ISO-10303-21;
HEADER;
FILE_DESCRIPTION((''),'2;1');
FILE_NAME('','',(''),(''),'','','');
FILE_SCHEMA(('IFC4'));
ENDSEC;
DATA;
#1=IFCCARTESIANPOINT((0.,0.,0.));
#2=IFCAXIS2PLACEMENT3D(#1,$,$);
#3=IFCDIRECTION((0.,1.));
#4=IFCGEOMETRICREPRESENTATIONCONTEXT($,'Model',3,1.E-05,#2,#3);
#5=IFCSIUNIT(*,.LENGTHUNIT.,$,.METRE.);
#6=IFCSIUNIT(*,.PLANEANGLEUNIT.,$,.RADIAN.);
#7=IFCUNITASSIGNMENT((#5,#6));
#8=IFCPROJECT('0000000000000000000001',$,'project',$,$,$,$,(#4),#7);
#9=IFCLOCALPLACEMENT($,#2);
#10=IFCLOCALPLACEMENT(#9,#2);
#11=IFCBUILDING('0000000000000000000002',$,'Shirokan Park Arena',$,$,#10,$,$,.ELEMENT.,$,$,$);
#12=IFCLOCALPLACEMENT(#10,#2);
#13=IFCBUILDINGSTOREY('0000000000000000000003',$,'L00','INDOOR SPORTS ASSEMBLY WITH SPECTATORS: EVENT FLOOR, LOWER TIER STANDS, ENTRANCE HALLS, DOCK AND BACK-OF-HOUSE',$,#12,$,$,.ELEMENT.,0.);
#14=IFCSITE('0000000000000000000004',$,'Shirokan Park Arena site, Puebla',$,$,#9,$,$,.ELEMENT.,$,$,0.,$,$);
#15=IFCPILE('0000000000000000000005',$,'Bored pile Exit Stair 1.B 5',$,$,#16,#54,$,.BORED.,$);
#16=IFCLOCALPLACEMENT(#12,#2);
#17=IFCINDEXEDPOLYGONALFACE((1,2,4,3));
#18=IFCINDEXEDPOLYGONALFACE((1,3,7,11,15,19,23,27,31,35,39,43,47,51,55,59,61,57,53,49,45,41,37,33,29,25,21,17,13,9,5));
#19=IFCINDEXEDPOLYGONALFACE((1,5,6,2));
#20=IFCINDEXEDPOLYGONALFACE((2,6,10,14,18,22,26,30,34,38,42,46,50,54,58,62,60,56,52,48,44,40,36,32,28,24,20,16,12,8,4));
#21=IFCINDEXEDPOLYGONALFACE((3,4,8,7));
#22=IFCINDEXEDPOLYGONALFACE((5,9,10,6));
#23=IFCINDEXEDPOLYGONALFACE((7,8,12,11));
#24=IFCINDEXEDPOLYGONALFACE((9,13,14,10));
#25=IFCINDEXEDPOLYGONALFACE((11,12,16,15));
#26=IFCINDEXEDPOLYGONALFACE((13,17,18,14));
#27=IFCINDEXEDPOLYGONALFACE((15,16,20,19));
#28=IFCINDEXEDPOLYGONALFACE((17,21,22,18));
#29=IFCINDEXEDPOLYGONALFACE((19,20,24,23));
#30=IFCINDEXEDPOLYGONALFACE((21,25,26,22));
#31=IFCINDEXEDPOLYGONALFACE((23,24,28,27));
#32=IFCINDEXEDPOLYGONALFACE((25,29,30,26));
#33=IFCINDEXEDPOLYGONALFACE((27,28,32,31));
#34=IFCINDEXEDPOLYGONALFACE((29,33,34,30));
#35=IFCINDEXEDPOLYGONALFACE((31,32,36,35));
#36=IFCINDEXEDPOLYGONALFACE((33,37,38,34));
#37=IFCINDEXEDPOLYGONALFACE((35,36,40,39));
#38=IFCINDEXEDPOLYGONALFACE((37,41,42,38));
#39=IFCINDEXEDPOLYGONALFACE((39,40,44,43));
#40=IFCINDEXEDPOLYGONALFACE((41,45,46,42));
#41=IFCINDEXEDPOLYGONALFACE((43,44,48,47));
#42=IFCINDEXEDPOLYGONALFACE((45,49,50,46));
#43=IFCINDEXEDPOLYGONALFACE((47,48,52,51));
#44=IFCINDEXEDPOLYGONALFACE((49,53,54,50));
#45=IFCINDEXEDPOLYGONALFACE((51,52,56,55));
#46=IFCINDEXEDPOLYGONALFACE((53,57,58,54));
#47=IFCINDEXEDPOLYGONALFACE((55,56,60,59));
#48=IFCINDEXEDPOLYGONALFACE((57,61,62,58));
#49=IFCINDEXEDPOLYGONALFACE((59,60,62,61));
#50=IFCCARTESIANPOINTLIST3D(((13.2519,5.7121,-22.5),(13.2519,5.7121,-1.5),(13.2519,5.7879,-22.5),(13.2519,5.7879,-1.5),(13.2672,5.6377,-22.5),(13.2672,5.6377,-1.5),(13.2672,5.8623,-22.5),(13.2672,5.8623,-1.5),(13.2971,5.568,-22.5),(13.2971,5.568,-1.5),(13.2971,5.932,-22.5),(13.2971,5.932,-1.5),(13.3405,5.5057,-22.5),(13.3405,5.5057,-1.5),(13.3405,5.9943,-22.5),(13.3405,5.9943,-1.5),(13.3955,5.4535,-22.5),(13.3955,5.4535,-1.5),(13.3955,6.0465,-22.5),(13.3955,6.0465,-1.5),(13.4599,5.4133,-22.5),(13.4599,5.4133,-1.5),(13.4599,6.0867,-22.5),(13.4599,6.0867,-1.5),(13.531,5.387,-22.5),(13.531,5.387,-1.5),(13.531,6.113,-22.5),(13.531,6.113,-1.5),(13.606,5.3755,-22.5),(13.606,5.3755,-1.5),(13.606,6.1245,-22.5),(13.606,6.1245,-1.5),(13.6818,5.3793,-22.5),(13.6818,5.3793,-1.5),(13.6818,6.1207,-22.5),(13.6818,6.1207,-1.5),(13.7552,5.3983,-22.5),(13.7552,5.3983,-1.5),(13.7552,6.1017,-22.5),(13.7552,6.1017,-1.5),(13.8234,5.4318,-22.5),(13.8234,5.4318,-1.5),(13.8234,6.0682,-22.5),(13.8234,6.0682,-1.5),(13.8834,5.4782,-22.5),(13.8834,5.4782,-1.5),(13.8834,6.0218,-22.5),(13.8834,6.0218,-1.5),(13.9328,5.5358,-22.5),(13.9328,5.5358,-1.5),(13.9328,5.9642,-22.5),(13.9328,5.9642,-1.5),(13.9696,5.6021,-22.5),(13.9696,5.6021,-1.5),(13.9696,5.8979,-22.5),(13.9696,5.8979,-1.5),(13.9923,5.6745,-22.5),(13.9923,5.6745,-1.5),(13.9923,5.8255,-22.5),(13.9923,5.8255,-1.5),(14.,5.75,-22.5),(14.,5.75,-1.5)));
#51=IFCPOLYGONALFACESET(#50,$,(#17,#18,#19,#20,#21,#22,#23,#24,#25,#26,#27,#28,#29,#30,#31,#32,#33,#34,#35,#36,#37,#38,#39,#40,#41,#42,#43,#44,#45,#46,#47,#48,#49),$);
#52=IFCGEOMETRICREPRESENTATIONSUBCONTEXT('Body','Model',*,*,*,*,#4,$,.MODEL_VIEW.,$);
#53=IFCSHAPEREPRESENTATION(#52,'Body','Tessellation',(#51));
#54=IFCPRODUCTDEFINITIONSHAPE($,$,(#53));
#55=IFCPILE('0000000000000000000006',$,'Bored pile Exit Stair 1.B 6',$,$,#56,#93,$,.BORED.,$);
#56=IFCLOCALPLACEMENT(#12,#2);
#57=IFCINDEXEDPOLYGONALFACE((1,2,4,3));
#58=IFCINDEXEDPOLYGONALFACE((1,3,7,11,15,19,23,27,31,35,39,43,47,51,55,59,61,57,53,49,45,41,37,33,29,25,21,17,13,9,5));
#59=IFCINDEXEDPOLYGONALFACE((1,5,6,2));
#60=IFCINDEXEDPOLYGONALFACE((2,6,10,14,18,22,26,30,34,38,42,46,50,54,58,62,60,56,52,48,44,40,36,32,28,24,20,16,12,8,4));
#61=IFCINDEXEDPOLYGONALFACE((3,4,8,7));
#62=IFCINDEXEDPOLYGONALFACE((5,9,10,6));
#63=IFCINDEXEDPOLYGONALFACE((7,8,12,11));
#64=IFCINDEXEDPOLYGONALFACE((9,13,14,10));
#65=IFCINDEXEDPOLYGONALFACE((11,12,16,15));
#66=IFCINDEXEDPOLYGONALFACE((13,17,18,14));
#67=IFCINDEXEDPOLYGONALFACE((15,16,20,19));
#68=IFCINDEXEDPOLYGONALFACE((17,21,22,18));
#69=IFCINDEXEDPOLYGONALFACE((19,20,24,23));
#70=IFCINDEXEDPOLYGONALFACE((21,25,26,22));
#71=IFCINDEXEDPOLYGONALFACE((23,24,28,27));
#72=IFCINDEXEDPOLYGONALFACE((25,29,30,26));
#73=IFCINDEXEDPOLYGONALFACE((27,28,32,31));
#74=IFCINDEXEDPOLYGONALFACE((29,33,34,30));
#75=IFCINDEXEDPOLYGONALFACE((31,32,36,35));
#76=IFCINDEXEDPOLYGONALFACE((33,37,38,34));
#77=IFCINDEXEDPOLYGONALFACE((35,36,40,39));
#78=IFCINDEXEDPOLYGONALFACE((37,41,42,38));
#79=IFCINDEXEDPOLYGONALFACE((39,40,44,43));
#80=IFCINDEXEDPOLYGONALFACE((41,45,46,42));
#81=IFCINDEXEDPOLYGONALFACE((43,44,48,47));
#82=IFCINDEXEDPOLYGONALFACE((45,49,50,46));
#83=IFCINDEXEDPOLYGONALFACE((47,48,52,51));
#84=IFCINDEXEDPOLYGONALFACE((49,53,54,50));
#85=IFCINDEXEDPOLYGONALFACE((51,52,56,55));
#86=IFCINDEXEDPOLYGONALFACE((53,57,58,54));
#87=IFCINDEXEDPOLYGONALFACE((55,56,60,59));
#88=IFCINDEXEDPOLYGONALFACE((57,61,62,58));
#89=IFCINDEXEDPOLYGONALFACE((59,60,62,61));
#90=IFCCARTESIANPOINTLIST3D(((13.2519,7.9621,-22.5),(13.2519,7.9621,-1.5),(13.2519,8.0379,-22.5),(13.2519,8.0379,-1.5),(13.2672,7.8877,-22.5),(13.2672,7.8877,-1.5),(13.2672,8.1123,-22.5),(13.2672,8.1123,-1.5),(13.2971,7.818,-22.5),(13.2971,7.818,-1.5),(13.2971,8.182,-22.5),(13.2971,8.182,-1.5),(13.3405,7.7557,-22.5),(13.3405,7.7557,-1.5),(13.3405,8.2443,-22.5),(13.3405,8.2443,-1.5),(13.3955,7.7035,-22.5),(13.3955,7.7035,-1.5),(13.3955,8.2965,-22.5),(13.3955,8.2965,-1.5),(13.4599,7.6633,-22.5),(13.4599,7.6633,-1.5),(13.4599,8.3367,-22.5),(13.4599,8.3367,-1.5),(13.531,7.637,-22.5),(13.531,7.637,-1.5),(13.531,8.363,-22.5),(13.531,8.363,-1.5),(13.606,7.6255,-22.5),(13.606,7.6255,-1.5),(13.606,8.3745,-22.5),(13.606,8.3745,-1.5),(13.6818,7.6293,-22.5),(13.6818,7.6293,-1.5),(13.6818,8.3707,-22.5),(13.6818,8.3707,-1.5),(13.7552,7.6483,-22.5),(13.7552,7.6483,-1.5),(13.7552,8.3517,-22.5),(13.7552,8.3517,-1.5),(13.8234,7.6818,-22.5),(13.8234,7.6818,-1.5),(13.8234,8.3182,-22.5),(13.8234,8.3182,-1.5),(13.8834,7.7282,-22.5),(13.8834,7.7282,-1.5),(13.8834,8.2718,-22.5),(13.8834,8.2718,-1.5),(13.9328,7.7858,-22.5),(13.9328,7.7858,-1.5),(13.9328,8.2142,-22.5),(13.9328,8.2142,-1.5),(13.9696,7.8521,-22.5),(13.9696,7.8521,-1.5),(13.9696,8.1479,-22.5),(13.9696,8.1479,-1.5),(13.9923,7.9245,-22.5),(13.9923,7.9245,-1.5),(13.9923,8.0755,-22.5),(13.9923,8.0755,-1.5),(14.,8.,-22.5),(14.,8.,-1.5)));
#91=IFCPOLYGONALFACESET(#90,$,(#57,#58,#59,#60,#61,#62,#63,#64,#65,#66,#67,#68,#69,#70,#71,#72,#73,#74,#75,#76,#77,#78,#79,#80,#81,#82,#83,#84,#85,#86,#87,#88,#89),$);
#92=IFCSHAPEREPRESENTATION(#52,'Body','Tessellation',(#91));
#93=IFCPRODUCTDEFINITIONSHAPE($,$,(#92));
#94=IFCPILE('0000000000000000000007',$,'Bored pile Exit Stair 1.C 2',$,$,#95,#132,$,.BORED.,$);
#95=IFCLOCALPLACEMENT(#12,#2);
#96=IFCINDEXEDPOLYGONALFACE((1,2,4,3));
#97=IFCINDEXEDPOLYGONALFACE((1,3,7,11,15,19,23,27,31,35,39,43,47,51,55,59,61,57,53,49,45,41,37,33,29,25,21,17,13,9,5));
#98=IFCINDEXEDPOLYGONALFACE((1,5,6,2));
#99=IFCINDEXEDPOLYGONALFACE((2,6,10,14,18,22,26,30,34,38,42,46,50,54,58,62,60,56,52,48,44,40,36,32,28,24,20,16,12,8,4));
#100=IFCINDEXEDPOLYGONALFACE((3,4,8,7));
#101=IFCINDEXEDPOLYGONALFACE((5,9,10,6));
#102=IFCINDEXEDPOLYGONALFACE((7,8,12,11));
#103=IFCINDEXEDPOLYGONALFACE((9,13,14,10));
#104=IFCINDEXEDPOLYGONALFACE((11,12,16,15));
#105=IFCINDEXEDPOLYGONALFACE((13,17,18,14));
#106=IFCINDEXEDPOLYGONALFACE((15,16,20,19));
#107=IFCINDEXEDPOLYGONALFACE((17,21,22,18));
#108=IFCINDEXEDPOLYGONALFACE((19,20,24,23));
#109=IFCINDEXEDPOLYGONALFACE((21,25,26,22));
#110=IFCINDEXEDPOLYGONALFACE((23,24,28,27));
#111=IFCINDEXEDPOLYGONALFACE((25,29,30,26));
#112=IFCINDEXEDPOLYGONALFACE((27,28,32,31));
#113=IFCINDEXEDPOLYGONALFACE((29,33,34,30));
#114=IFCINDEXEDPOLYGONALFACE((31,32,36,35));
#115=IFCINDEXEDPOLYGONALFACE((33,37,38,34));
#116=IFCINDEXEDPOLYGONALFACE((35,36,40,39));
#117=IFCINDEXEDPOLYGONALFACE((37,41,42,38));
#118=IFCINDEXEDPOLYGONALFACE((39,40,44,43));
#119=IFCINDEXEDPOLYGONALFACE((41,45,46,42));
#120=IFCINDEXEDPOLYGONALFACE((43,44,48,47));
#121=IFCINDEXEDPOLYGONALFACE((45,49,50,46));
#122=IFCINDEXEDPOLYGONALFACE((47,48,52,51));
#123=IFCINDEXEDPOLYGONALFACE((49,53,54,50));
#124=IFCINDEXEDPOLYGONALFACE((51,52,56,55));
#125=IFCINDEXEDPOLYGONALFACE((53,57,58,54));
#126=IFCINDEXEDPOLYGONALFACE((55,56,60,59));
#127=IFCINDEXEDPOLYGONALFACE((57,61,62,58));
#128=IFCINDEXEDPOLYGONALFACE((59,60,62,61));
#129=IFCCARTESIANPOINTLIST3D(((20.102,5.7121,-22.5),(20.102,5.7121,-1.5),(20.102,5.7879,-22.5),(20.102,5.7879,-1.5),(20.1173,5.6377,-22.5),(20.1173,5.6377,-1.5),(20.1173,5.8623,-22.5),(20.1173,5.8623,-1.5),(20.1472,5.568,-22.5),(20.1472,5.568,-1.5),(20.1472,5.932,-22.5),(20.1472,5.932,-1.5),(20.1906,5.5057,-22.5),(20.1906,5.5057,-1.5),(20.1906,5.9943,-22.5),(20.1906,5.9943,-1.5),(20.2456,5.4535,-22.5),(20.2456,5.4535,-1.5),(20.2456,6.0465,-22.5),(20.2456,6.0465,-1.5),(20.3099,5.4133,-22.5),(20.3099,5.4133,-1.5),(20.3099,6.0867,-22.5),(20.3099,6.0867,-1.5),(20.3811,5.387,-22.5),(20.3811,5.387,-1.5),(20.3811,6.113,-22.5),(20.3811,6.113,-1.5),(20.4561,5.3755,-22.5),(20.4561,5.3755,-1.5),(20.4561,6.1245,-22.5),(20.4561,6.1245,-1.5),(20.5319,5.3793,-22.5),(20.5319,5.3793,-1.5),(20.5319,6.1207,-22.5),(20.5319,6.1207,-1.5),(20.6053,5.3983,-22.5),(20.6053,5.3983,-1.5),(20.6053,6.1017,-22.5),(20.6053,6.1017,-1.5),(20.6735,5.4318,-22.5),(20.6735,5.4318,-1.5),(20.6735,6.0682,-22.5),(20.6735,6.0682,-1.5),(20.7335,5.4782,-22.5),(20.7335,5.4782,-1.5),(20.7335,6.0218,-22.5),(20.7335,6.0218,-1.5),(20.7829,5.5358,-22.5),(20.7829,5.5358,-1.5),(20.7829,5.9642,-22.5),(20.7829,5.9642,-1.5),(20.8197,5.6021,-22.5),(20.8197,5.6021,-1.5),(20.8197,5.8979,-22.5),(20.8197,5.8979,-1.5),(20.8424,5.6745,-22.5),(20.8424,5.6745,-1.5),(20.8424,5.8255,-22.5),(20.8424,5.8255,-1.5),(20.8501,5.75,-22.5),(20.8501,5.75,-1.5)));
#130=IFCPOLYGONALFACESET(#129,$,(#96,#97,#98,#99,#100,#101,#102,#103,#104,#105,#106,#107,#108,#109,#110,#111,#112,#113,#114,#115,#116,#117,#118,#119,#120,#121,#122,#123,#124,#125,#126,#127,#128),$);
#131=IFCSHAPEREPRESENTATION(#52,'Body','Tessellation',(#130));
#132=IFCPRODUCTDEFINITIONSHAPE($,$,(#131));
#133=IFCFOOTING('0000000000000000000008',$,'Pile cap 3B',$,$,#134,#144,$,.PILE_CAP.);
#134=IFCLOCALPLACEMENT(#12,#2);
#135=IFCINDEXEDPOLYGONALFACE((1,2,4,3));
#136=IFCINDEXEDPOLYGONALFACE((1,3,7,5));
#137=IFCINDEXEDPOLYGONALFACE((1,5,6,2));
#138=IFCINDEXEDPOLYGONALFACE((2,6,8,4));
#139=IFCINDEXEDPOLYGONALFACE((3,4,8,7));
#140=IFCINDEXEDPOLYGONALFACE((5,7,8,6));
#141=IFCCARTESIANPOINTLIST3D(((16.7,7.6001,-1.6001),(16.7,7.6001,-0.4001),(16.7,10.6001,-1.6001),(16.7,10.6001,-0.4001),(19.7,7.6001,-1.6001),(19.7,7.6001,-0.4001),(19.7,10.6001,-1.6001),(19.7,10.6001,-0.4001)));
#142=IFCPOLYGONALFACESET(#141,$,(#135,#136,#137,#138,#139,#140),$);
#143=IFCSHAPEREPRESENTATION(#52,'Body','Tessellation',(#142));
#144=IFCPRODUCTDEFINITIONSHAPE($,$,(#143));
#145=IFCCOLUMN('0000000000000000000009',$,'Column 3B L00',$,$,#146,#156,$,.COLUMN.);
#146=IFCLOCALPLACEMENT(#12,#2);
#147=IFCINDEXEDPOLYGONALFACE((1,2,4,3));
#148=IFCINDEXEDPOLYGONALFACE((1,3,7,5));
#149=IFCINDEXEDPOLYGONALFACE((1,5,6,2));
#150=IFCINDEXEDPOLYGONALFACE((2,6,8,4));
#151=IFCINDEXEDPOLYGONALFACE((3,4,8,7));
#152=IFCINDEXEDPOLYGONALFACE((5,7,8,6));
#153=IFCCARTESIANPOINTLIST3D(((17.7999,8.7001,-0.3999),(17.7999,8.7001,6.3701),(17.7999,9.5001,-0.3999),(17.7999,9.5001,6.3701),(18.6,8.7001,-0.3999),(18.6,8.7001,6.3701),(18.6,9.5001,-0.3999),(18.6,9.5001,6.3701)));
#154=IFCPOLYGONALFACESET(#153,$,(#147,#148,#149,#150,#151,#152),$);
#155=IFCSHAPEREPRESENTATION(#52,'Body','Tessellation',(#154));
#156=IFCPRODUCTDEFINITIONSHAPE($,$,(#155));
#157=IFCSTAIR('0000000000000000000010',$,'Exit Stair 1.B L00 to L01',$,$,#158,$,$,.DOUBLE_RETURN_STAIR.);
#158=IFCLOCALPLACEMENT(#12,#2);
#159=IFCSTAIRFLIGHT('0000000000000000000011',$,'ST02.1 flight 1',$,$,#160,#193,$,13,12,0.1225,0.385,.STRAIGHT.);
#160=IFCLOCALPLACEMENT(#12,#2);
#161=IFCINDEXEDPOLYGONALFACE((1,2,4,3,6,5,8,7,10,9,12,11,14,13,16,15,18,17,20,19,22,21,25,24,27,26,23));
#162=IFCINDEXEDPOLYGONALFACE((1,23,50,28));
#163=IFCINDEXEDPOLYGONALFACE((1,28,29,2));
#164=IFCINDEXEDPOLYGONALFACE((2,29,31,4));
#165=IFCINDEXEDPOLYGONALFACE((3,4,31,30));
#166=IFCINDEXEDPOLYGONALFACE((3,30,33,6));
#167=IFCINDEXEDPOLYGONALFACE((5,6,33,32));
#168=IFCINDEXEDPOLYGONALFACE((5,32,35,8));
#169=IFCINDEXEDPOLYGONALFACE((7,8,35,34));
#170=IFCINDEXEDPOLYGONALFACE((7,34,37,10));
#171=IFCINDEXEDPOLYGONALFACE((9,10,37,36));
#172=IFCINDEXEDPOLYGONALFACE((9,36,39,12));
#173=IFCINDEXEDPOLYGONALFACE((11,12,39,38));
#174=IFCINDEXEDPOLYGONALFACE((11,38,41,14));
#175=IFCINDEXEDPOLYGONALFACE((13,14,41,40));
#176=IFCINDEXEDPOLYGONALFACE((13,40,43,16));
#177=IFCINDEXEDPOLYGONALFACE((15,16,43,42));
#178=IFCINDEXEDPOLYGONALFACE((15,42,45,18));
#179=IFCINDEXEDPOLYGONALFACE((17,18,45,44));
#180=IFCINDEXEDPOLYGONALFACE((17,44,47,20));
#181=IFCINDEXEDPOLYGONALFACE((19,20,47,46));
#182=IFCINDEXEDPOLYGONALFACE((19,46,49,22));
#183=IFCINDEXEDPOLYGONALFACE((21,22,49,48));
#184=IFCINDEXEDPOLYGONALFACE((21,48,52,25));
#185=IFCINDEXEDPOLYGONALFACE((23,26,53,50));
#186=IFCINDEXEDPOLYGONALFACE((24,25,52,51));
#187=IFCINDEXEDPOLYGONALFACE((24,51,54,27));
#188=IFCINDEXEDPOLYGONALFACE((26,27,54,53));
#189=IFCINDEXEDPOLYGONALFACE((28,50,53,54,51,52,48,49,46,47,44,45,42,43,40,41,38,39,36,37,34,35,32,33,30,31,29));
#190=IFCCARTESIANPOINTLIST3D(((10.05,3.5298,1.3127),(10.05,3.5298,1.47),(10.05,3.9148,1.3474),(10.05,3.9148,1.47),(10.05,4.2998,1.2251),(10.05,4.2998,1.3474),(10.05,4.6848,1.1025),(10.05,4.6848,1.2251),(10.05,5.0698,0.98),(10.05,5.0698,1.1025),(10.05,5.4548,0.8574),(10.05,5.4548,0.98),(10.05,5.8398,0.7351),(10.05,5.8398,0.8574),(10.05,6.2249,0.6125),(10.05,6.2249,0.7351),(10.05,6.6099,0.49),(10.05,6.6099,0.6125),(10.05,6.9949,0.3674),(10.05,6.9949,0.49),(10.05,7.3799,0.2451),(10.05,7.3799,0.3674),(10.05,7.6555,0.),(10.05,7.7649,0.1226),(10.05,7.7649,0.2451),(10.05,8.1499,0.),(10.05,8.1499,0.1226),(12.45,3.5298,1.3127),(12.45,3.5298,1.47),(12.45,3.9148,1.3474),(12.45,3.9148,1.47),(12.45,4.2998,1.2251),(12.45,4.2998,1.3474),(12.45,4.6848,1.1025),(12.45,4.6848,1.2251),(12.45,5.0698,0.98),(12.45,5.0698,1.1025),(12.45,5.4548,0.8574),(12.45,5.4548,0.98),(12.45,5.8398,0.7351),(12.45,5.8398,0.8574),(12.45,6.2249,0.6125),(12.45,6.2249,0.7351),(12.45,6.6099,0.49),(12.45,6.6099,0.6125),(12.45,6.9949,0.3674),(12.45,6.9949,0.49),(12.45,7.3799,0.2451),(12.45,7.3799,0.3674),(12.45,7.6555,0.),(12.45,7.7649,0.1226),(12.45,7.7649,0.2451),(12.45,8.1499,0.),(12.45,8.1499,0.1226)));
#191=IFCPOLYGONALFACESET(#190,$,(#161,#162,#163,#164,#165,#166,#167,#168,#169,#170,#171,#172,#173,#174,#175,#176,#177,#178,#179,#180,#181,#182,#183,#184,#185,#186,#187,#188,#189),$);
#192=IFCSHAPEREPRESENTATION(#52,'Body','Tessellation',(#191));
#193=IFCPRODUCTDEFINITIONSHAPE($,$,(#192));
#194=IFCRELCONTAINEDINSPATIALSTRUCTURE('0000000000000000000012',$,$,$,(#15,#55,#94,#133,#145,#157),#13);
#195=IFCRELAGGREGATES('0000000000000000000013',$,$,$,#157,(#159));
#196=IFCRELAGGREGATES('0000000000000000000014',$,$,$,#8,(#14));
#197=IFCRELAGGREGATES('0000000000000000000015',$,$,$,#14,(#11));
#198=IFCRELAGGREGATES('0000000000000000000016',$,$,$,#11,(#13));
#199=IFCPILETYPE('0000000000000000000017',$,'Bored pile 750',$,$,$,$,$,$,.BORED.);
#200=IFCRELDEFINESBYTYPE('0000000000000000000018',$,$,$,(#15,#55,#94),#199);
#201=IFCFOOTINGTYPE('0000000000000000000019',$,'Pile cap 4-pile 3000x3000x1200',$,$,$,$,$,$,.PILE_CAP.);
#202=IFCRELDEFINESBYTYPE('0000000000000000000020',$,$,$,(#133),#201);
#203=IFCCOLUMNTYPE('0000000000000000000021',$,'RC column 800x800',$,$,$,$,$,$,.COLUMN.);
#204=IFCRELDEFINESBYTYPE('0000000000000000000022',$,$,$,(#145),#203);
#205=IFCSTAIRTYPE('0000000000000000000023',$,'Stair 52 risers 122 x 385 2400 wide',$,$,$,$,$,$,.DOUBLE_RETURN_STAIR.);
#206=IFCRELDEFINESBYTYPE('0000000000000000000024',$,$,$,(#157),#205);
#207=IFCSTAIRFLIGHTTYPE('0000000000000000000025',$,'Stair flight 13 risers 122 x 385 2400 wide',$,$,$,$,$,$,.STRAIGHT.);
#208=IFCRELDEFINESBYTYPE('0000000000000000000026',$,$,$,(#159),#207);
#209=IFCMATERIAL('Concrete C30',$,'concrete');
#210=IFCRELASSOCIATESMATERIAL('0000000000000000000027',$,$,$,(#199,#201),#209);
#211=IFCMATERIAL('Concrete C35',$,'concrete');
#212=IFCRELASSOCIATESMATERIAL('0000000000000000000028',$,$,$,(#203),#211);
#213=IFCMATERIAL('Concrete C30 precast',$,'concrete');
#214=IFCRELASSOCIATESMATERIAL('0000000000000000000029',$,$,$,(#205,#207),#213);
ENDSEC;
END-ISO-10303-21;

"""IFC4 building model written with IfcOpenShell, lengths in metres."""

from ifc_helpers import new_model, si_unit, direction, frame, origin, origin_2d, place, context, subcontext, project, spatial, polyline, rectangle, circle, outline, extrude, material, material_profile, profile_set, type_object, element, aggregate, save


model = new_model("IFC4")

# Units and contexts
model_context = context("Model", 3, precision=1e-05, world=origin(), true_north=direction((0.0, 1.0)))
body_context = subcontext(model_context, "Body", "Model", "MODEL_VIEW")
ifc_project = project(units=[si_unit("LENGTHUNIT", "METRE"), si_unit("PLANEANGLEUNIT", "RADIAN")], contexts=[model_context])

# Site, building, storey
site_placement = place(None, origin())
site = spatial("IfcSite", under=ifc_project, at=site_placement, Name="Shirokan Park Arena site, Puebla", CompositionType="ELEMENT", RefElevation=0.0)
building_placement = place(site_placement, origin())
building = spatial("IfcBuilding", under=site, at=building_placement, Name="Shirokan Park Arena", CompositionType="ELEMENT")
storey_placement = place(building_placement, origin())
storey = spatial("IfcBuildingStorey", under=building, at=storey_placement, Name="L00", Description="INDOOR SPORTS ASSEMBLY WITH SPECTATORS: EVENT FLOOR, LOWER TIER STANDS, ENTRANCE HALLS, DOCK AND BACK-OF-HOUSE", CompositionType="ELEMENT", Elevation=0.0)

# Piles
ifc_material_1 = material(Name="Concrete C30", Category="concrete")
ifc_material_profile_1 = material_profile(ifc_material_1, circle(Radius=0.375, at=origin_2d()), Name="D750")
ifc_profile_set_1 = profile_set([ifc_material_profile_1], Name="Concrete C30")
pile_type_1 = type_object("IfcPileType", Name="Bored pile 750", PredefinedType="BORED", material=ifc_profile_set_1)
for number, where, z_axis, x_axis, name in (
    (1, (13.625, 5.75, -1.5), (0.0, 0.0, -1.0), (1.0, 0.0, 0.0), "Bored pile Exit Stair 1.B 5"),
    (2, (13.625, 8.0, -1.5), (0.0, 0.0, -1.0), (1.0, 0.0, 0.0), "Bored pile Exit Stair 1.B 6"),
    (3, (20.4751, 5.75, -1.5), (0.0, 0.0, -1.0), (1.0, 0.0, 0.0), "Bored pile Exit Stair 1.C 2"),
):
    element("IfcPile", number, at=place(storey_placement, frame(where, z_axis=z_axis, x_axis=x_axis)), inside=storey, type_object=pile_type_1, Name=name, PredefinedType="BORED", context=body_context, shape_type="SweptSolid", body=[
        extrude(circle(Radius=0.375, at=origin_2d()), origin(), (0.0, 0.0, 1.0), 21.0),
    ])

# Footing
footing_type = type_object("IfcFootingType", Name="Pile cap 4-pile 3000x3000x1200", PredefinedType="PILE_CAP", material=ifc_material_1)
footing_placement = place(storey_placement, frame((18.2, 9.1001, -1.6001), z_axis=(0.0, 0.0, 1.0), x_axis=(1.0, 0.0, 0.0)))
element("IfcFooting", 4, at=footing_placement, inside=storey, type_object=footing_type, Name="Pile cap 3B", PredefinedType="PILE_CAP", context=body_context, shape_type="SweptSolid", body=[
    extrude(rectangle(XDim=3.0, YDim=3.0, at=origin_2d()), origin(), (0.0, 0.0, 1.0), 1.2),
])

# Column
ifc_material_2 = material(Name="Concrete C35", Category="concrete")
ifc_material_profile_2 = material_profile(ifc_material_2, rectangle(XDim=0.8, YDim=0.8, at=origin_2d()), Name="800x800")
ifc_profile_set_2 = profile_set([ifc_material_profile_2], Name="Concrete C35")
column_type = type_object("IfcColumnType", Name="RC column 800x800", PredefinedType="COLUMN", material=ifc_profile_set_2)
column_placement = place(storey_placement, frame((18.2, 9.1001, -0.3999), z_axis=(0.0, 0.0, 1.0), x_axis=(1.0, 0.0, 0.0)))
element("IfcColumn", 5, at=column_placement, inside=storey, type_object=column_type, Name="Column 3B L00", PredefinedType="COLUMN", context=body_context, shape_type="SweptSolid", body=[
    extrude(rectangle(XDim=0.8, YDim=0.8, at=origin_2d()), origin(), (0.0, 0.0, 1.0), 6.77),
])

# Stair, stair flight
ifc_material_3 = material(Name="Concrete C30 precast", Category="concrete")
stair_type = type_object("IfcStairType", Name="Stair 52 risers 122 x 385 2400 wide", PredefinedType="DOUBLE_RETURN_STAIR", material=ifc_material_3)
stair_1_placement = place(storey_placement, origin())
stair_1 = element("IfcStair", 6, at=stair_1_placement, inside=storey, type_object=stair_type, Name="Exit Stair 1.B L00 to L01", PredefinedType="DOUBLE_RETURN_STAIR")
stair_flight_type = type_object("IfcStairFlightType", Name="Stair flight 13 risers 122 x 385 2400 wide", PredefinedType="STRAIGHT", material=ifc_material_3)
stair_flight_1_placement = place(storey_placement, frame((11.25, 8.1499, 0.0), z_axis=(0.0, 0.0, 1.0), x_axis=(0.0, -1.0, 0.0)))
stair_flight_1 = element("IfcStairFlight", 7, at=stair_flight_1_placement, type_object=stair_flight_type, Name="ST02.1 flight 1", NumberOfRisers=13, NumberOfTreads=12, PredefinedType="STRAIGHT", RiserHeight=0.1225, TreadLength=0.385, context=body_context, shape_type="SweptSolid", body=[
    extrude(outline(polyline([(0.0, 0.0), (0.0, 0.1226), (0.385, 0.1226), (0.385, 0.2451), (0.77, 0.2451), (0.77, 0.3674), (1.155, 0.3674), (1.155, 0.49), (1.54, 0.49), (1.54, 0.6125), (1.925, 0.6125), (1.925, 0.7351), (2.3101, 0.7351), (2.3101, 0.8574), (2.6951, 0.8574), (2.6951, 0.98), (3.0801, 0.98), (3.0801, 1.1025), (3.4651, 1.1025), (3.4651, 1.2251), (3.8501, 1.2251), (3.8501, 1.3474), (4.2351, 1.3474), (4.2351, 1.47), (4.6201, 1.47), (4.6201, 1.5925), (4.6201, 1.3127), (0.4944, 0.0), (0.0, 0.0)])), frame((0.0, 1.2, 0.0), z_axis=(0.0, -1.0, 0.0), x_axis=(1.0, 0.0, 0.0)), (0.0, 0.0, 1.0), 2.3999),
])
aggregate(stair_1, [stair_flight_1])

save(model, "model.ifc")
